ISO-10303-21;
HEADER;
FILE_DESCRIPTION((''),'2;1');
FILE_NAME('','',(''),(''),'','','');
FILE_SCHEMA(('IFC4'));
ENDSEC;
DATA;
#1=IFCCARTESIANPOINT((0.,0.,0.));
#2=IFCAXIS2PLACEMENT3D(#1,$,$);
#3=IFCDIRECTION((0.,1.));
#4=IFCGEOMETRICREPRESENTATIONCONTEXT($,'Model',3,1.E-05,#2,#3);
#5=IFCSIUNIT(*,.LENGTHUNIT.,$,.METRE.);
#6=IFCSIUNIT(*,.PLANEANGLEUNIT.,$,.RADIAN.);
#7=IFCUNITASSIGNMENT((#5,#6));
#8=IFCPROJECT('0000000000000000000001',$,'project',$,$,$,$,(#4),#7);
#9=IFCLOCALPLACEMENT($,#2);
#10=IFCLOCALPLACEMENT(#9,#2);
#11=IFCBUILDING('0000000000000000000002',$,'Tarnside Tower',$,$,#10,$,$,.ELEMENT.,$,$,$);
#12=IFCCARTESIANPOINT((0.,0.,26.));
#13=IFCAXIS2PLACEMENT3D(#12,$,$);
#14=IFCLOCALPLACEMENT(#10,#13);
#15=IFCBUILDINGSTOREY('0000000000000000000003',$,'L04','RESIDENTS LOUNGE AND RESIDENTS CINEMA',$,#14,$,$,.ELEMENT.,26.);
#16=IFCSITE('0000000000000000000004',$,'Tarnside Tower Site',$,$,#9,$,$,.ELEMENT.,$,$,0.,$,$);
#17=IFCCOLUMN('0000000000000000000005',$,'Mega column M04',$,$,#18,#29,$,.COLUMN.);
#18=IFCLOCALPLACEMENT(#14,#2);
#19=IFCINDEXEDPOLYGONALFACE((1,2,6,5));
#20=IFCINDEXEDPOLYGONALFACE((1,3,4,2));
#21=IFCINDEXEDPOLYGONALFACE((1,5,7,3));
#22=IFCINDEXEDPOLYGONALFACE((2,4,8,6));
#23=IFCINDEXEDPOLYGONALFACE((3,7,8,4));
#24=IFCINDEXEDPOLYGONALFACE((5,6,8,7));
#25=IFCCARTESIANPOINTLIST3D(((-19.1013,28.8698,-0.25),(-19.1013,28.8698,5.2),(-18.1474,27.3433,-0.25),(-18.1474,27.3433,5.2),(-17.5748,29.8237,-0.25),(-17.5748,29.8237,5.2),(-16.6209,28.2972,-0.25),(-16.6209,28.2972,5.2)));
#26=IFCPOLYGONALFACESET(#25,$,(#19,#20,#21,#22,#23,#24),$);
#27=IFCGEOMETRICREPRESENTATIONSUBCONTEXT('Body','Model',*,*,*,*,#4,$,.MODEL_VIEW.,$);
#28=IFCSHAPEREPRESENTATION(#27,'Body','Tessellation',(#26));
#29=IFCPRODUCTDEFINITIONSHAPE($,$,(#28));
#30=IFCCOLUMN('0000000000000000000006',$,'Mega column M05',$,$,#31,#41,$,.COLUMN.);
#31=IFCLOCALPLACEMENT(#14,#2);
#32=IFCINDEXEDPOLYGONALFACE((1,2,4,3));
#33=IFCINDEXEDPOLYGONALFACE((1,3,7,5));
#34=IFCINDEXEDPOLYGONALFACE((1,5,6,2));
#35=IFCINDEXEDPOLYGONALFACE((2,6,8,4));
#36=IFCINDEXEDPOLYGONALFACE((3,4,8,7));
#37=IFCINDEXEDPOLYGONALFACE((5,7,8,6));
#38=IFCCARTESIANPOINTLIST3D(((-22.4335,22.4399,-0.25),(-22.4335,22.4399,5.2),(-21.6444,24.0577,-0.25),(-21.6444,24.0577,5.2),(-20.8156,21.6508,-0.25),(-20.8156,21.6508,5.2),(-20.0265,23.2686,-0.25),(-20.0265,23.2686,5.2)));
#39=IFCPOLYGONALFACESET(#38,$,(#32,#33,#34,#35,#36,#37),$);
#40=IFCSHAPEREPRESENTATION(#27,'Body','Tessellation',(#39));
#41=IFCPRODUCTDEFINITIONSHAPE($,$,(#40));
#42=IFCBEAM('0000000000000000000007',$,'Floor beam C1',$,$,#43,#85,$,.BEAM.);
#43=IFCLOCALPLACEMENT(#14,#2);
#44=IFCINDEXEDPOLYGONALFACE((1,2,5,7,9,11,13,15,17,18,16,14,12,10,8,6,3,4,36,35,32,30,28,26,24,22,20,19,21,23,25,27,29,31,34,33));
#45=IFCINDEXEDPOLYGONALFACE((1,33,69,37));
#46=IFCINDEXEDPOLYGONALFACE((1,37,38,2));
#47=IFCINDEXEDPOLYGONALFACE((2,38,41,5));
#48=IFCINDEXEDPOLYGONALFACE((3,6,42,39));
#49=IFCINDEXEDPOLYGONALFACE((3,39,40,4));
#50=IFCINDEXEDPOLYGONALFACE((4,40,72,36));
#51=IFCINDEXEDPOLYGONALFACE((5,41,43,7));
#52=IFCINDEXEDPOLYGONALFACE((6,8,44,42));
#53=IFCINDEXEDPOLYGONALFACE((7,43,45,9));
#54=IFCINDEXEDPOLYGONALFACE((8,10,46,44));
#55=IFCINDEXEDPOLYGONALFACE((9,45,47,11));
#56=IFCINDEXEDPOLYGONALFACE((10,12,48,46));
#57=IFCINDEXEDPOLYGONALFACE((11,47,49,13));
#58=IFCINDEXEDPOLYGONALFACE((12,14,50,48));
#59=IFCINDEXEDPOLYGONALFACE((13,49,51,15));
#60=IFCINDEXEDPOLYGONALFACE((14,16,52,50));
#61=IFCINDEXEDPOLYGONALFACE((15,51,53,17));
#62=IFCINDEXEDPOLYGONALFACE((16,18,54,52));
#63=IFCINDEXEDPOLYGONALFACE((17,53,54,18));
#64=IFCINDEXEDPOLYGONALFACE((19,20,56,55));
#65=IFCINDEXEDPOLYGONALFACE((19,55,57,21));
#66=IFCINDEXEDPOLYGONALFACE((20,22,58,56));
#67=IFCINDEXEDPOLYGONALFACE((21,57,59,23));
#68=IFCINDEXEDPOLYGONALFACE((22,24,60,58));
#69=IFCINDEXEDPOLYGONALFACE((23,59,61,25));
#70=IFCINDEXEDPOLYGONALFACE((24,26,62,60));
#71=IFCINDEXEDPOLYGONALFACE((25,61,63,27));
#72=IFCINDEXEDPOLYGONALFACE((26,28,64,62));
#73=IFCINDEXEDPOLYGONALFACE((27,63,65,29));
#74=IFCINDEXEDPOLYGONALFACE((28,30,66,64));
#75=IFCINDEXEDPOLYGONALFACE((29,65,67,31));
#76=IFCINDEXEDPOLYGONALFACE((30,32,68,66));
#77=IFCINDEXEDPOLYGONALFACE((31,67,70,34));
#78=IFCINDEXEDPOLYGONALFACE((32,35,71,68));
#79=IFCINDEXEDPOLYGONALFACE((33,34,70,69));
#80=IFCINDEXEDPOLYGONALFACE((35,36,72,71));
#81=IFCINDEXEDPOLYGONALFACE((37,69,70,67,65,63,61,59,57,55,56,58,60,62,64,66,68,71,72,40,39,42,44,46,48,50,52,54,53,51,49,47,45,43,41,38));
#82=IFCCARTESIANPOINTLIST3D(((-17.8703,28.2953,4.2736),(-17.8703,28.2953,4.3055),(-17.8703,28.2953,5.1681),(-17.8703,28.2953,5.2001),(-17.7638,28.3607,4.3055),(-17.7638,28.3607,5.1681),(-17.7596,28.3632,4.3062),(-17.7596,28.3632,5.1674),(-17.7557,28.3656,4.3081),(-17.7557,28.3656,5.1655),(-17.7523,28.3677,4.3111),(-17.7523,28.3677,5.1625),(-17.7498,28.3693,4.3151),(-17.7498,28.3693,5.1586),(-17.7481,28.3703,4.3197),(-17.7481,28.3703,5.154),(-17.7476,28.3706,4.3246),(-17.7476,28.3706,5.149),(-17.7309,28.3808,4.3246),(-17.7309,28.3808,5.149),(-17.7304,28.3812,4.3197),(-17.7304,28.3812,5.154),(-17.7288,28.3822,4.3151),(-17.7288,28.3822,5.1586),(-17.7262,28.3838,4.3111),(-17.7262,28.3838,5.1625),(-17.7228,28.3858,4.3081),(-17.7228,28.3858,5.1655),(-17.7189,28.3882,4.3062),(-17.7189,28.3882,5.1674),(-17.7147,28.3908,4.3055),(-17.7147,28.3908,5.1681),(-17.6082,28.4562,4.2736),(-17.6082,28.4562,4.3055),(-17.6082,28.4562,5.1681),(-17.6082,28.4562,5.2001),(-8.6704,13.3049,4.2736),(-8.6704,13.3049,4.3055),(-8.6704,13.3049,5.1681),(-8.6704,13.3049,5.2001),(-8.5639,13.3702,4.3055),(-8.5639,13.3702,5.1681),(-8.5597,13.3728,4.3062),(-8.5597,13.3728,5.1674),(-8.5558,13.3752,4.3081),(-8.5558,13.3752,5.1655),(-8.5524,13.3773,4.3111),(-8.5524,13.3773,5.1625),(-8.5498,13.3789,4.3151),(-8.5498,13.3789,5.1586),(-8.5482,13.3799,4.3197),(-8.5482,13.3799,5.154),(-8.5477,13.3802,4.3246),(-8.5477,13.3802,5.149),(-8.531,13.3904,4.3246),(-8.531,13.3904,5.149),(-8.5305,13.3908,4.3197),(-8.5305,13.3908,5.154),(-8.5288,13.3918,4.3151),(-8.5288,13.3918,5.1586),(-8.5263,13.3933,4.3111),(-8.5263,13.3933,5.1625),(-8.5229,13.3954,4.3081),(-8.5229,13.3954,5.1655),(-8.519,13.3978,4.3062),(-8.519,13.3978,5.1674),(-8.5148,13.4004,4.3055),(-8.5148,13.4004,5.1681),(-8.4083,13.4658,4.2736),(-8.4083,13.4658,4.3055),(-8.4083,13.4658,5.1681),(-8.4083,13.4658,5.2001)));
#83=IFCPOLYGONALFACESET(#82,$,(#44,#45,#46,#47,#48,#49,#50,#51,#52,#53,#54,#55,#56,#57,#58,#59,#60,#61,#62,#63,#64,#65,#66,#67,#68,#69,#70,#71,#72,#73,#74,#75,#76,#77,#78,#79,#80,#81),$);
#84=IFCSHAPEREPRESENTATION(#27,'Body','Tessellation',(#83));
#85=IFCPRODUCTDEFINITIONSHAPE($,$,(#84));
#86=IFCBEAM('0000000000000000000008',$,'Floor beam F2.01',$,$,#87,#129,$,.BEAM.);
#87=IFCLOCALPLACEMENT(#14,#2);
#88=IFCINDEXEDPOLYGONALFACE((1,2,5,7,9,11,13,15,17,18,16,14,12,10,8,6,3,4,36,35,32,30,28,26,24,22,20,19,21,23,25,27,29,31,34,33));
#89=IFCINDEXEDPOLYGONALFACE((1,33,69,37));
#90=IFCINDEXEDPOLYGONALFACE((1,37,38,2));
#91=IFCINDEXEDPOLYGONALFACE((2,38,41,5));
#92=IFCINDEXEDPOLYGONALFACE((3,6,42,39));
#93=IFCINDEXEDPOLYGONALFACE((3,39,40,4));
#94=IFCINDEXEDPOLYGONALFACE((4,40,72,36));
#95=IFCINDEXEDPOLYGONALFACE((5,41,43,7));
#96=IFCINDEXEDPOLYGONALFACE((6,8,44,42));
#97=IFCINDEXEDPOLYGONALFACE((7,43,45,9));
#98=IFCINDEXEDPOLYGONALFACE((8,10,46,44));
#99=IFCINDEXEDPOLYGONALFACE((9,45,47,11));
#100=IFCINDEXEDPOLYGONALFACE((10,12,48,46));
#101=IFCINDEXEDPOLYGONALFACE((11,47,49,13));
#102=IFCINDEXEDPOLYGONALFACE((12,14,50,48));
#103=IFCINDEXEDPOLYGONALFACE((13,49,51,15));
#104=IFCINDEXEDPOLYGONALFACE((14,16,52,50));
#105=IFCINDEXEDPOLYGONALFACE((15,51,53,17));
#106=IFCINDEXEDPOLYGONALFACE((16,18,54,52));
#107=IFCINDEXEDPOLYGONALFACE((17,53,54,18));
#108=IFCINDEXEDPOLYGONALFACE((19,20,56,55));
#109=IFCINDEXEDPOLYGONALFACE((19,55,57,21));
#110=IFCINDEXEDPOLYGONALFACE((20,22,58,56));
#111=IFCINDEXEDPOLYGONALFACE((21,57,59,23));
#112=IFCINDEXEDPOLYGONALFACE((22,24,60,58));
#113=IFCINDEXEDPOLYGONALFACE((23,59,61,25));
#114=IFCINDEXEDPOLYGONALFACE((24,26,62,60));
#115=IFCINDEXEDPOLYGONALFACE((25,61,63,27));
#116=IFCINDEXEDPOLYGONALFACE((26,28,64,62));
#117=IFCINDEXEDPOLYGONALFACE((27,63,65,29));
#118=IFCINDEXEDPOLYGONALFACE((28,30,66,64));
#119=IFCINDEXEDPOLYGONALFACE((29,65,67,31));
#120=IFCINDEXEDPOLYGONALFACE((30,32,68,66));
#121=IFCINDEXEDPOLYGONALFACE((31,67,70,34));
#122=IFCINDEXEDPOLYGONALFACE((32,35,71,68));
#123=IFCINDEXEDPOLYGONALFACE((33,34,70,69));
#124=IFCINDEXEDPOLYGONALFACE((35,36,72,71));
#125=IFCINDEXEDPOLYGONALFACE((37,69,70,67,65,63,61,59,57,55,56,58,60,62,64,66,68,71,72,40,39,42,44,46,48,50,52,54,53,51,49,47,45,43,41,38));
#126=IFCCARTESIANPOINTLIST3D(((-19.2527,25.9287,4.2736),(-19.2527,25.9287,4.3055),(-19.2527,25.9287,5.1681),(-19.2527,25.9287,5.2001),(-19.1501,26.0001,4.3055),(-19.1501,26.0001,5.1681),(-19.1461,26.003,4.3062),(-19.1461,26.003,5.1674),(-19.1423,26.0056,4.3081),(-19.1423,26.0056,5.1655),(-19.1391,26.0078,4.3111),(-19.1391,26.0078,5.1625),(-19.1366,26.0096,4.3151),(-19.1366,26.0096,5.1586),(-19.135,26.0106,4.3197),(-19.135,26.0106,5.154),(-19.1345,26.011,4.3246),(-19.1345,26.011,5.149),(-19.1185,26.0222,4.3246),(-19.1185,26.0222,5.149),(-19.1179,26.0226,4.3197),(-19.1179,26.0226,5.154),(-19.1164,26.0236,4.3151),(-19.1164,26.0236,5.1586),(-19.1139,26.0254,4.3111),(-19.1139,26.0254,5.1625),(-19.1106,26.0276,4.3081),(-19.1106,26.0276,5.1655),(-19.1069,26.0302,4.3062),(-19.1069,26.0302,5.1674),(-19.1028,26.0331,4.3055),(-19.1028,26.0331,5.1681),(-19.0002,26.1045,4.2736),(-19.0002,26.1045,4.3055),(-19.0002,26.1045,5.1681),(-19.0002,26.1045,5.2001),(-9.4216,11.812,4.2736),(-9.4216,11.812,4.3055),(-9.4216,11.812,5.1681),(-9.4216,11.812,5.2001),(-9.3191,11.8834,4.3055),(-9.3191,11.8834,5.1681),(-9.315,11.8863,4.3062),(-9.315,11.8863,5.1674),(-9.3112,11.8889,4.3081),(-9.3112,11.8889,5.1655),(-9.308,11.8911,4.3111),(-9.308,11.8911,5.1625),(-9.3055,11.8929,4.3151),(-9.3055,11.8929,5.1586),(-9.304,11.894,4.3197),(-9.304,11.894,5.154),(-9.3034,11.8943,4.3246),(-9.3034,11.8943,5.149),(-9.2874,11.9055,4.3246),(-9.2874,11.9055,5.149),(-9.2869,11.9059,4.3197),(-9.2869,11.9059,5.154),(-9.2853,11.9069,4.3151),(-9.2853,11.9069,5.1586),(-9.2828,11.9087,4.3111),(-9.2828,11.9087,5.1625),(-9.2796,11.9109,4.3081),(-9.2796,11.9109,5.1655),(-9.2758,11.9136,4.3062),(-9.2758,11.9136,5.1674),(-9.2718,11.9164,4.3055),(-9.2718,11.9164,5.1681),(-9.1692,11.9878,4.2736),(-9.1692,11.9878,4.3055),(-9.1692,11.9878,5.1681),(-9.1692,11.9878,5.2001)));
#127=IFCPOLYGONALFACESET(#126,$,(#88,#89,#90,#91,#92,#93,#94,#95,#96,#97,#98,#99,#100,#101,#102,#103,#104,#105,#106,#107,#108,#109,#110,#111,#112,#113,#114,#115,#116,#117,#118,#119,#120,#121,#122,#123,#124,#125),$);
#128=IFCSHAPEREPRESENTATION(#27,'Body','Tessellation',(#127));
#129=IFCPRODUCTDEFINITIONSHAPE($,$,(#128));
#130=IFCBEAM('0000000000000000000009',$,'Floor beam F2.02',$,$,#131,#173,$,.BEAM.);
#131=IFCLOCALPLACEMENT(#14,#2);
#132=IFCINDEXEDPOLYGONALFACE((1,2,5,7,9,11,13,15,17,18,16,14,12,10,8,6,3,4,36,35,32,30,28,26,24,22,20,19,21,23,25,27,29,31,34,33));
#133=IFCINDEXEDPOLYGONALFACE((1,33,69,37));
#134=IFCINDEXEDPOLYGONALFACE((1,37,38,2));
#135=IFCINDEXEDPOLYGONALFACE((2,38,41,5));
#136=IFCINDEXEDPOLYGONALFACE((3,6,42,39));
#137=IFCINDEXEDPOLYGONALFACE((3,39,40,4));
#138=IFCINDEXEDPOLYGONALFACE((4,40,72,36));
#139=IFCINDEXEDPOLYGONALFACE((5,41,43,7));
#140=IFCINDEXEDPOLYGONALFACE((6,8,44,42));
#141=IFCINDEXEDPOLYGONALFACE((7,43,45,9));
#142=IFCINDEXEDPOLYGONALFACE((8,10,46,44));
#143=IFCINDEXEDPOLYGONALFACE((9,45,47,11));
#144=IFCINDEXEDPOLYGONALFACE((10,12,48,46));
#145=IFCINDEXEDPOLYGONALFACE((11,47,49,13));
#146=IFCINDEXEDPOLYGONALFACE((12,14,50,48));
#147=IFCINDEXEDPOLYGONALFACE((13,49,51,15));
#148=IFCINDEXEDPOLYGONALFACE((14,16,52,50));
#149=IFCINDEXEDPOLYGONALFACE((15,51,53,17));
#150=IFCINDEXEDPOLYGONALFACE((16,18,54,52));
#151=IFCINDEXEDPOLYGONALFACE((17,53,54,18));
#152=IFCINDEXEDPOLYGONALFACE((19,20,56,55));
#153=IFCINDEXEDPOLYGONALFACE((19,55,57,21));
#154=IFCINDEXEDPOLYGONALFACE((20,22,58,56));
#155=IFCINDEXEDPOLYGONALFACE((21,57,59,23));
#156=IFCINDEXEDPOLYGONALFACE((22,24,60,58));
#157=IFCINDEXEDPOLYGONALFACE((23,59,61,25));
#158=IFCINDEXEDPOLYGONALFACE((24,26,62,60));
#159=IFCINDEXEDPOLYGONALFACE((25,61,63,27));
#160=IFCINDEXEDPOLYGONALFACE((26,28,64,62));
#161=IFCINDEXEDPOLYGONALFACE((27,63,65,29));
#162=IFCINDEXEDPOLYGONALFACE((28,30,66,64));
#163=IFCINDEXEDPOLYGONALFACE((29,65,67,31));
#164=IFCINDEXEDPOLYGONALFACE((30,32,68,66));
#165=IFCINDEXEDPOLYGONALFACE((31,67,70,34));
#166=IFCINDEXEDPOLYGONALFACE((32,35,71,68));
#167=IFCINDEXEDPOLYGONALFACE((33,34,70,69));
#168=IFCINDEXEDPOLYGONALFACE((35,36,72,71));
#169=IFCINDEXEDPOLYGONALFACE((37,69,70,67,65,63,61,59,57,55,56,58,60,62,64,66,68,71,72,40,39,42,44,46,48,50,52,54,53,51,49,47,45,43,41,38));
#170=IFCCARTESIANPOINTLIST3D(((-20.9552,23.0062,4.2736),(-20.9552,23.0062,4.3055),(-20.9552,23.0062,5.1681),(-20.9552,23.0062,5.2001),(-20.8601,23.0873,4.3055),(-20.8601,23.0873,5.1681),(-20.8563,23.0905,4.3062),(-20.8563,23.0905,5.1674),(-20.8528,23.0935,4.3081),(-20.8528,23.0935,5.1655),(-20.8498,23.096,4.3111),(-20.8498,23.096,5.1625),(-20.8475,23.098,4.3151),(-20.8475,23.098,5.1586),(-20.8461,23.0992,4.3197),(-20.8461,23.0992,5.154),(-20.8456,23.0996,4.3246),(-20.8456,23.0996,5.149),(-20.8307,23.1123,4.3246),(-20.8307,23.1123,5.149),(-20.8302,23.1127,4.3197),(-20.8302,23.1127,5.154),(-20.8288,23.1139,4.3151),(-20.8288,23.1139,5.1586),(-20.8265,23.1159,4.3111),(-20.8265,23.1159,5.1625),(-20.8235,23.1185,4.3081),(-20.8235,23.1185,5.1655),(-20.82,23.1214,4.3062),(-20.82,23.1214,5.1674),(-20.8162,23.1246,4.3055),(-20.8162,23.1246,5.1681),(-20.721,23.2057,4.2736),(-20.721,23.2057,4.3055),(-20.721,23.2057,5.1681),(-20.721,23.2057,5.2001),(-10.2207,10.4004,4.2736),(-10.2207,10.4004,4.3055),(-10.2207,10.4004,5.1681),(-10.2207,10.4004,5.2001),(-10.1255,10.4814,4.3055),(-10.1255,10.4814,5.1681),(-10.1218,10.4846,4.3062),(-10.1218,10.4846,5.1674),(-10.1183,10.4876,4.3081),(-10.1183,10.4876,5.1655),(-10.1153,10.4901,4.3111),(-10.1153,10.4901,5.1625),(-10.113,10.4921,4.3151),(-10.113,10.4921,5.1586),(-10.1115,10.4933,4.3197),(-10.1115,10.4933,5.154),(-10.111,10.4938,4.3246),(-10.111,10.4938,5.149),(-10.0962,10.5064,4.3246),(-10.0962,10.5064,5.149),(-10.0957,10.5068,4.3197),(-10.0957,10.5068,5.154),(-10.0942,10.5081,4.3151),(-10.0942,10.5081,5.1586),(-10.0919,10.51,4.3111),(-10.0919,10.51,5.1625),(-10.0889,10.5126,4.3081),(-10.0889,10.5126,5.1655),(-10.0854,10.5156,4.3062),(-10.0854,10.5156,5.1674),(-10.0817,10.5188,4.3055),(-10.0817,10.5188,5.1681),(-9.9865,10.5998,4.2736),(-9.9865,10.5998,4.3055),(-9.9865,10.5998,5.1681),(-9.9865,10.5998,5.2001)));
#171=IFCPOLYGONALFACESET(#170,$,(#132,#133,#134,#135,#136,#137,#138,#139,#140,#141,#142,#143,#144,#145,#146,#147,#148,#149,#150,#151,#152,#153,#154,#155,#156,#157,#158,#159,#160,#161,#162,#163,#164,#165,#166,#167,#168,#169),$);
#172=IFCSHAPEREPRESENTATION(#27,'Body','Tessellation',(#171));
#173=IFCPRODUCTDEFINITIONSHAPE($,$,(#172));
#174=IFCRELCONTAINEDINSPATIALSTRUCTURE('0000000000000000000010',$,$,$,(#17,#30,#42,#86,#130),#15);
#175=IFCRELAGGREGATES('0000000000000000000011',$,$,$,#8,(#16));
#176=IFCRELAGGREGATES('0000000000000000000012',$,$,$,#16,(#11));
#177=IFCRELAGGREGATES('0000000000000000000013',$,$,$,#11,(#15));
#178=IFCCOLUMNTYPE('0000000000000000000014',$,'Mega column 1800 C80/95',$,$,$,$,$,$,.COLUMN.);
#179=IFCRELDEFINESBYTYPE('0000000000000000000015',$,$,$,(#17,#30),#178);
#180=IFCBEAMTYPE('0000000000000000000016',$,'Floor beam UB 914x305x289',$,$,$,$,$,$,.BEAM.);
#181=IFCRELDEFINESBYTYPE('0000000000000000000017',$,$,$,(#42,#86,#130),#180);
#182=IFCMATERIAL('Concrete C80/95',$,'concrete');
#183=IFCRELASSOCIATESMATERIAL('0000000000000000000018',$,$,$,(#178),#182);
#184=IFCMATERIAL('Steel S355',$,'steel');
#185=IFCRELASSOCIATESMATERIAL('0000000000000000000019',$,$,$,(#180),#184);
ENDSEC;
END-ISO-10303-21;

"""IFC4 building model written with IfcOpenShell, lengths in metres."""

from ifc_helpers import new_model, si_unit, direction, frame, origin, origin_2d, place, context, subcontext, project, spatial, rectangle, i_section, extrude, material, material_profile, profile_set, type_object, element, save


model = new_model("IFC4")

# Units and contexts
model_context = context("Model", 3, precision=1e-05, world=origin(), true_north=direction((0.0, 1.0)))
body_context = subcontext(model_context, "Body", "Model", "MODEL_VIEW")
ifc_project = project(units=[si_unit("LENGTHUNIT", "METRE"), si_unit("PLANEANGLEUNIT", "RADIAN")], contexts=[model_context])

# Site, building, storey
site_placement = place(None, origin())
site = spatial("IfcSite", under=ifc_project, at=site_placement, Name="Tarnside Tower Site", CompositionType="ELEMENT", RefElevation=0.0)
building_placement = place(site_placement, origin())
building = spatial("IfcBuilding", under=site, at=building_placement, Name="Tarnside Tower", CompositionType="ELEMENT")
storey_placement = place(building_placement, frame((0.0, 0.0, 26.0)))
storey = spatial("IfcBuildingStorey", under=building, at=storey_placement, Name="L04", Description="RESIDENTS LOUNGE AND RESIDENTS CINEMA", CompositionType="ELEMENT", Elevation=26.0)

# Columns
ifc_material_1 = material(Name="Concrete C80/95", Category="concrete")
ifc_material_profile_1 = material_profile(ifc_material_1, rectangle(XDim=1.8, YDim=1.8, at=origin_2d()), Name="Mega column 1800x1800")
ifc_profile_set_1 = profile_set([ifc_material_profile_1], Name="Concrete C80/95")
column_type = type_object("IfcColumnType", Name="Mega column 1800 C80/95", PredefinedType="COLUMN", material=ifc_profile_set_1)
for number, where, z_axis, x_axis, name in (
    (1, (-17.8611, 28.5835, -0.25), (0.0, 0.0, 1.0), (0.848048, 0.529919, 0.0), "Mega column M04"),
    (2, (-21.23, 22.8542, -0.25), (0.0, 0.0, 1.0), (0.438371, 0.898794, 0.0), "Mega column M05"),
):
    element("IfcColumn", number, at=place(storey_placement, frame(where, z_axis=z_axis, x_axis=x_axis)), inside=storey, type_object=column_type, Name=name, PredefinedType="COLUMN", context=body_context, shape_type="SweptSolid", body=[
        extrude(rectangle(XDim=1.8, YDim=1.8, at=origin_2d()), origin(), (0.0, 0.0, 1.0), 5.45),
    ])

# Beams
ifc_material_2 = material(Name="Steel S355", Category="steel")
ifc_material_profile_2 = material_profile(ifc_material_2, i_section(OverallWidth=0.3076, OverallDepth=0.9265, WebThickness=0.0195, FlangeThickness=0.032, FilletRadius=0.019, at=origin_2d()), Name="UB 914x305x289")
ifc_profile_set_2 = profile_set([ifc_material_profile_2], Name="Steel S355")
beam_type_1 = type_object("IfcBeamType", Name="Floor beam UB 914x305x289", PredefinedType="BEAM", material=ifc_profile_set_2)
beam_1_placement = place(storey_placement, frame((-17.7393, 28.3757, 4.7368), z_axis=(0.523068, -0.852291, 0.0), x_axis=(0.852291, 0.523068, 0.0)))
element("IfcBeam", 3, at=beam_1_placement, inside=storey, type_object=beam_type_1, Name="Floor beam C1", PredefinedType="BEAM", context=body_context, shape_type="SweptSolid", body=[
    extrude(i_section(OverallWidth=0.3076, OverallDepth=0.9265, WebThickness=0.0195, FlangeThickness=0.032, FilletRadius=0.019, at=origin_2d()), origin(), (0.0, 0.0, 1.0), 17.5884),
])
beam_2_placement = place(storey_placement, frame((-19.1265, 26.0166, 4.7368), z_axis=(0.571485, -0.820612, 0.0), x_axis=(0.820612, 0.571485, 0.0)))
element("IfcBeam", 4, at=beam_2_placement, inside=storey, type_object=beam_type_1, Name="Floor beam F2.01", PredefinedType="BEAM", context=body_context, shape_type="SweptSolid", body=[
    extrude(i_section(OverallWidth=0.3076, OverallDepth=0.9265, WebThickness=0.0195, FlangeThickness=0.032, FilletRadius=0.019, at=origin_2d()), origin(), (0.0, 0.0, 1.0), 17.2026),
])
beam_3_placement = place(storey_placement, frame((-20.8381, 23.106, 4.7368), z_axis=(0.648334, -0.761356, 0.0), x_axis=(0.761356, 0.648334, 0.0)))
element("IfcBeam", 5, at=beam_3_placement, inside=storey, type_object=beam_type_1, Name="Floor beam F2.02", PredefinedType="BEAM", context=body_context, shape_type="SweptSolid", body=[
    extrude(i_section(OverallWidth=0.3076, OverallDepth=0.9265, WebThickness=0.0195, FlangeThickness=0.032, FilletRadius=0.019, at=origin_2d()), origin(), (0.0, 0.0, 1.0), 16.5571),
])

save(model, "model.ifc")
